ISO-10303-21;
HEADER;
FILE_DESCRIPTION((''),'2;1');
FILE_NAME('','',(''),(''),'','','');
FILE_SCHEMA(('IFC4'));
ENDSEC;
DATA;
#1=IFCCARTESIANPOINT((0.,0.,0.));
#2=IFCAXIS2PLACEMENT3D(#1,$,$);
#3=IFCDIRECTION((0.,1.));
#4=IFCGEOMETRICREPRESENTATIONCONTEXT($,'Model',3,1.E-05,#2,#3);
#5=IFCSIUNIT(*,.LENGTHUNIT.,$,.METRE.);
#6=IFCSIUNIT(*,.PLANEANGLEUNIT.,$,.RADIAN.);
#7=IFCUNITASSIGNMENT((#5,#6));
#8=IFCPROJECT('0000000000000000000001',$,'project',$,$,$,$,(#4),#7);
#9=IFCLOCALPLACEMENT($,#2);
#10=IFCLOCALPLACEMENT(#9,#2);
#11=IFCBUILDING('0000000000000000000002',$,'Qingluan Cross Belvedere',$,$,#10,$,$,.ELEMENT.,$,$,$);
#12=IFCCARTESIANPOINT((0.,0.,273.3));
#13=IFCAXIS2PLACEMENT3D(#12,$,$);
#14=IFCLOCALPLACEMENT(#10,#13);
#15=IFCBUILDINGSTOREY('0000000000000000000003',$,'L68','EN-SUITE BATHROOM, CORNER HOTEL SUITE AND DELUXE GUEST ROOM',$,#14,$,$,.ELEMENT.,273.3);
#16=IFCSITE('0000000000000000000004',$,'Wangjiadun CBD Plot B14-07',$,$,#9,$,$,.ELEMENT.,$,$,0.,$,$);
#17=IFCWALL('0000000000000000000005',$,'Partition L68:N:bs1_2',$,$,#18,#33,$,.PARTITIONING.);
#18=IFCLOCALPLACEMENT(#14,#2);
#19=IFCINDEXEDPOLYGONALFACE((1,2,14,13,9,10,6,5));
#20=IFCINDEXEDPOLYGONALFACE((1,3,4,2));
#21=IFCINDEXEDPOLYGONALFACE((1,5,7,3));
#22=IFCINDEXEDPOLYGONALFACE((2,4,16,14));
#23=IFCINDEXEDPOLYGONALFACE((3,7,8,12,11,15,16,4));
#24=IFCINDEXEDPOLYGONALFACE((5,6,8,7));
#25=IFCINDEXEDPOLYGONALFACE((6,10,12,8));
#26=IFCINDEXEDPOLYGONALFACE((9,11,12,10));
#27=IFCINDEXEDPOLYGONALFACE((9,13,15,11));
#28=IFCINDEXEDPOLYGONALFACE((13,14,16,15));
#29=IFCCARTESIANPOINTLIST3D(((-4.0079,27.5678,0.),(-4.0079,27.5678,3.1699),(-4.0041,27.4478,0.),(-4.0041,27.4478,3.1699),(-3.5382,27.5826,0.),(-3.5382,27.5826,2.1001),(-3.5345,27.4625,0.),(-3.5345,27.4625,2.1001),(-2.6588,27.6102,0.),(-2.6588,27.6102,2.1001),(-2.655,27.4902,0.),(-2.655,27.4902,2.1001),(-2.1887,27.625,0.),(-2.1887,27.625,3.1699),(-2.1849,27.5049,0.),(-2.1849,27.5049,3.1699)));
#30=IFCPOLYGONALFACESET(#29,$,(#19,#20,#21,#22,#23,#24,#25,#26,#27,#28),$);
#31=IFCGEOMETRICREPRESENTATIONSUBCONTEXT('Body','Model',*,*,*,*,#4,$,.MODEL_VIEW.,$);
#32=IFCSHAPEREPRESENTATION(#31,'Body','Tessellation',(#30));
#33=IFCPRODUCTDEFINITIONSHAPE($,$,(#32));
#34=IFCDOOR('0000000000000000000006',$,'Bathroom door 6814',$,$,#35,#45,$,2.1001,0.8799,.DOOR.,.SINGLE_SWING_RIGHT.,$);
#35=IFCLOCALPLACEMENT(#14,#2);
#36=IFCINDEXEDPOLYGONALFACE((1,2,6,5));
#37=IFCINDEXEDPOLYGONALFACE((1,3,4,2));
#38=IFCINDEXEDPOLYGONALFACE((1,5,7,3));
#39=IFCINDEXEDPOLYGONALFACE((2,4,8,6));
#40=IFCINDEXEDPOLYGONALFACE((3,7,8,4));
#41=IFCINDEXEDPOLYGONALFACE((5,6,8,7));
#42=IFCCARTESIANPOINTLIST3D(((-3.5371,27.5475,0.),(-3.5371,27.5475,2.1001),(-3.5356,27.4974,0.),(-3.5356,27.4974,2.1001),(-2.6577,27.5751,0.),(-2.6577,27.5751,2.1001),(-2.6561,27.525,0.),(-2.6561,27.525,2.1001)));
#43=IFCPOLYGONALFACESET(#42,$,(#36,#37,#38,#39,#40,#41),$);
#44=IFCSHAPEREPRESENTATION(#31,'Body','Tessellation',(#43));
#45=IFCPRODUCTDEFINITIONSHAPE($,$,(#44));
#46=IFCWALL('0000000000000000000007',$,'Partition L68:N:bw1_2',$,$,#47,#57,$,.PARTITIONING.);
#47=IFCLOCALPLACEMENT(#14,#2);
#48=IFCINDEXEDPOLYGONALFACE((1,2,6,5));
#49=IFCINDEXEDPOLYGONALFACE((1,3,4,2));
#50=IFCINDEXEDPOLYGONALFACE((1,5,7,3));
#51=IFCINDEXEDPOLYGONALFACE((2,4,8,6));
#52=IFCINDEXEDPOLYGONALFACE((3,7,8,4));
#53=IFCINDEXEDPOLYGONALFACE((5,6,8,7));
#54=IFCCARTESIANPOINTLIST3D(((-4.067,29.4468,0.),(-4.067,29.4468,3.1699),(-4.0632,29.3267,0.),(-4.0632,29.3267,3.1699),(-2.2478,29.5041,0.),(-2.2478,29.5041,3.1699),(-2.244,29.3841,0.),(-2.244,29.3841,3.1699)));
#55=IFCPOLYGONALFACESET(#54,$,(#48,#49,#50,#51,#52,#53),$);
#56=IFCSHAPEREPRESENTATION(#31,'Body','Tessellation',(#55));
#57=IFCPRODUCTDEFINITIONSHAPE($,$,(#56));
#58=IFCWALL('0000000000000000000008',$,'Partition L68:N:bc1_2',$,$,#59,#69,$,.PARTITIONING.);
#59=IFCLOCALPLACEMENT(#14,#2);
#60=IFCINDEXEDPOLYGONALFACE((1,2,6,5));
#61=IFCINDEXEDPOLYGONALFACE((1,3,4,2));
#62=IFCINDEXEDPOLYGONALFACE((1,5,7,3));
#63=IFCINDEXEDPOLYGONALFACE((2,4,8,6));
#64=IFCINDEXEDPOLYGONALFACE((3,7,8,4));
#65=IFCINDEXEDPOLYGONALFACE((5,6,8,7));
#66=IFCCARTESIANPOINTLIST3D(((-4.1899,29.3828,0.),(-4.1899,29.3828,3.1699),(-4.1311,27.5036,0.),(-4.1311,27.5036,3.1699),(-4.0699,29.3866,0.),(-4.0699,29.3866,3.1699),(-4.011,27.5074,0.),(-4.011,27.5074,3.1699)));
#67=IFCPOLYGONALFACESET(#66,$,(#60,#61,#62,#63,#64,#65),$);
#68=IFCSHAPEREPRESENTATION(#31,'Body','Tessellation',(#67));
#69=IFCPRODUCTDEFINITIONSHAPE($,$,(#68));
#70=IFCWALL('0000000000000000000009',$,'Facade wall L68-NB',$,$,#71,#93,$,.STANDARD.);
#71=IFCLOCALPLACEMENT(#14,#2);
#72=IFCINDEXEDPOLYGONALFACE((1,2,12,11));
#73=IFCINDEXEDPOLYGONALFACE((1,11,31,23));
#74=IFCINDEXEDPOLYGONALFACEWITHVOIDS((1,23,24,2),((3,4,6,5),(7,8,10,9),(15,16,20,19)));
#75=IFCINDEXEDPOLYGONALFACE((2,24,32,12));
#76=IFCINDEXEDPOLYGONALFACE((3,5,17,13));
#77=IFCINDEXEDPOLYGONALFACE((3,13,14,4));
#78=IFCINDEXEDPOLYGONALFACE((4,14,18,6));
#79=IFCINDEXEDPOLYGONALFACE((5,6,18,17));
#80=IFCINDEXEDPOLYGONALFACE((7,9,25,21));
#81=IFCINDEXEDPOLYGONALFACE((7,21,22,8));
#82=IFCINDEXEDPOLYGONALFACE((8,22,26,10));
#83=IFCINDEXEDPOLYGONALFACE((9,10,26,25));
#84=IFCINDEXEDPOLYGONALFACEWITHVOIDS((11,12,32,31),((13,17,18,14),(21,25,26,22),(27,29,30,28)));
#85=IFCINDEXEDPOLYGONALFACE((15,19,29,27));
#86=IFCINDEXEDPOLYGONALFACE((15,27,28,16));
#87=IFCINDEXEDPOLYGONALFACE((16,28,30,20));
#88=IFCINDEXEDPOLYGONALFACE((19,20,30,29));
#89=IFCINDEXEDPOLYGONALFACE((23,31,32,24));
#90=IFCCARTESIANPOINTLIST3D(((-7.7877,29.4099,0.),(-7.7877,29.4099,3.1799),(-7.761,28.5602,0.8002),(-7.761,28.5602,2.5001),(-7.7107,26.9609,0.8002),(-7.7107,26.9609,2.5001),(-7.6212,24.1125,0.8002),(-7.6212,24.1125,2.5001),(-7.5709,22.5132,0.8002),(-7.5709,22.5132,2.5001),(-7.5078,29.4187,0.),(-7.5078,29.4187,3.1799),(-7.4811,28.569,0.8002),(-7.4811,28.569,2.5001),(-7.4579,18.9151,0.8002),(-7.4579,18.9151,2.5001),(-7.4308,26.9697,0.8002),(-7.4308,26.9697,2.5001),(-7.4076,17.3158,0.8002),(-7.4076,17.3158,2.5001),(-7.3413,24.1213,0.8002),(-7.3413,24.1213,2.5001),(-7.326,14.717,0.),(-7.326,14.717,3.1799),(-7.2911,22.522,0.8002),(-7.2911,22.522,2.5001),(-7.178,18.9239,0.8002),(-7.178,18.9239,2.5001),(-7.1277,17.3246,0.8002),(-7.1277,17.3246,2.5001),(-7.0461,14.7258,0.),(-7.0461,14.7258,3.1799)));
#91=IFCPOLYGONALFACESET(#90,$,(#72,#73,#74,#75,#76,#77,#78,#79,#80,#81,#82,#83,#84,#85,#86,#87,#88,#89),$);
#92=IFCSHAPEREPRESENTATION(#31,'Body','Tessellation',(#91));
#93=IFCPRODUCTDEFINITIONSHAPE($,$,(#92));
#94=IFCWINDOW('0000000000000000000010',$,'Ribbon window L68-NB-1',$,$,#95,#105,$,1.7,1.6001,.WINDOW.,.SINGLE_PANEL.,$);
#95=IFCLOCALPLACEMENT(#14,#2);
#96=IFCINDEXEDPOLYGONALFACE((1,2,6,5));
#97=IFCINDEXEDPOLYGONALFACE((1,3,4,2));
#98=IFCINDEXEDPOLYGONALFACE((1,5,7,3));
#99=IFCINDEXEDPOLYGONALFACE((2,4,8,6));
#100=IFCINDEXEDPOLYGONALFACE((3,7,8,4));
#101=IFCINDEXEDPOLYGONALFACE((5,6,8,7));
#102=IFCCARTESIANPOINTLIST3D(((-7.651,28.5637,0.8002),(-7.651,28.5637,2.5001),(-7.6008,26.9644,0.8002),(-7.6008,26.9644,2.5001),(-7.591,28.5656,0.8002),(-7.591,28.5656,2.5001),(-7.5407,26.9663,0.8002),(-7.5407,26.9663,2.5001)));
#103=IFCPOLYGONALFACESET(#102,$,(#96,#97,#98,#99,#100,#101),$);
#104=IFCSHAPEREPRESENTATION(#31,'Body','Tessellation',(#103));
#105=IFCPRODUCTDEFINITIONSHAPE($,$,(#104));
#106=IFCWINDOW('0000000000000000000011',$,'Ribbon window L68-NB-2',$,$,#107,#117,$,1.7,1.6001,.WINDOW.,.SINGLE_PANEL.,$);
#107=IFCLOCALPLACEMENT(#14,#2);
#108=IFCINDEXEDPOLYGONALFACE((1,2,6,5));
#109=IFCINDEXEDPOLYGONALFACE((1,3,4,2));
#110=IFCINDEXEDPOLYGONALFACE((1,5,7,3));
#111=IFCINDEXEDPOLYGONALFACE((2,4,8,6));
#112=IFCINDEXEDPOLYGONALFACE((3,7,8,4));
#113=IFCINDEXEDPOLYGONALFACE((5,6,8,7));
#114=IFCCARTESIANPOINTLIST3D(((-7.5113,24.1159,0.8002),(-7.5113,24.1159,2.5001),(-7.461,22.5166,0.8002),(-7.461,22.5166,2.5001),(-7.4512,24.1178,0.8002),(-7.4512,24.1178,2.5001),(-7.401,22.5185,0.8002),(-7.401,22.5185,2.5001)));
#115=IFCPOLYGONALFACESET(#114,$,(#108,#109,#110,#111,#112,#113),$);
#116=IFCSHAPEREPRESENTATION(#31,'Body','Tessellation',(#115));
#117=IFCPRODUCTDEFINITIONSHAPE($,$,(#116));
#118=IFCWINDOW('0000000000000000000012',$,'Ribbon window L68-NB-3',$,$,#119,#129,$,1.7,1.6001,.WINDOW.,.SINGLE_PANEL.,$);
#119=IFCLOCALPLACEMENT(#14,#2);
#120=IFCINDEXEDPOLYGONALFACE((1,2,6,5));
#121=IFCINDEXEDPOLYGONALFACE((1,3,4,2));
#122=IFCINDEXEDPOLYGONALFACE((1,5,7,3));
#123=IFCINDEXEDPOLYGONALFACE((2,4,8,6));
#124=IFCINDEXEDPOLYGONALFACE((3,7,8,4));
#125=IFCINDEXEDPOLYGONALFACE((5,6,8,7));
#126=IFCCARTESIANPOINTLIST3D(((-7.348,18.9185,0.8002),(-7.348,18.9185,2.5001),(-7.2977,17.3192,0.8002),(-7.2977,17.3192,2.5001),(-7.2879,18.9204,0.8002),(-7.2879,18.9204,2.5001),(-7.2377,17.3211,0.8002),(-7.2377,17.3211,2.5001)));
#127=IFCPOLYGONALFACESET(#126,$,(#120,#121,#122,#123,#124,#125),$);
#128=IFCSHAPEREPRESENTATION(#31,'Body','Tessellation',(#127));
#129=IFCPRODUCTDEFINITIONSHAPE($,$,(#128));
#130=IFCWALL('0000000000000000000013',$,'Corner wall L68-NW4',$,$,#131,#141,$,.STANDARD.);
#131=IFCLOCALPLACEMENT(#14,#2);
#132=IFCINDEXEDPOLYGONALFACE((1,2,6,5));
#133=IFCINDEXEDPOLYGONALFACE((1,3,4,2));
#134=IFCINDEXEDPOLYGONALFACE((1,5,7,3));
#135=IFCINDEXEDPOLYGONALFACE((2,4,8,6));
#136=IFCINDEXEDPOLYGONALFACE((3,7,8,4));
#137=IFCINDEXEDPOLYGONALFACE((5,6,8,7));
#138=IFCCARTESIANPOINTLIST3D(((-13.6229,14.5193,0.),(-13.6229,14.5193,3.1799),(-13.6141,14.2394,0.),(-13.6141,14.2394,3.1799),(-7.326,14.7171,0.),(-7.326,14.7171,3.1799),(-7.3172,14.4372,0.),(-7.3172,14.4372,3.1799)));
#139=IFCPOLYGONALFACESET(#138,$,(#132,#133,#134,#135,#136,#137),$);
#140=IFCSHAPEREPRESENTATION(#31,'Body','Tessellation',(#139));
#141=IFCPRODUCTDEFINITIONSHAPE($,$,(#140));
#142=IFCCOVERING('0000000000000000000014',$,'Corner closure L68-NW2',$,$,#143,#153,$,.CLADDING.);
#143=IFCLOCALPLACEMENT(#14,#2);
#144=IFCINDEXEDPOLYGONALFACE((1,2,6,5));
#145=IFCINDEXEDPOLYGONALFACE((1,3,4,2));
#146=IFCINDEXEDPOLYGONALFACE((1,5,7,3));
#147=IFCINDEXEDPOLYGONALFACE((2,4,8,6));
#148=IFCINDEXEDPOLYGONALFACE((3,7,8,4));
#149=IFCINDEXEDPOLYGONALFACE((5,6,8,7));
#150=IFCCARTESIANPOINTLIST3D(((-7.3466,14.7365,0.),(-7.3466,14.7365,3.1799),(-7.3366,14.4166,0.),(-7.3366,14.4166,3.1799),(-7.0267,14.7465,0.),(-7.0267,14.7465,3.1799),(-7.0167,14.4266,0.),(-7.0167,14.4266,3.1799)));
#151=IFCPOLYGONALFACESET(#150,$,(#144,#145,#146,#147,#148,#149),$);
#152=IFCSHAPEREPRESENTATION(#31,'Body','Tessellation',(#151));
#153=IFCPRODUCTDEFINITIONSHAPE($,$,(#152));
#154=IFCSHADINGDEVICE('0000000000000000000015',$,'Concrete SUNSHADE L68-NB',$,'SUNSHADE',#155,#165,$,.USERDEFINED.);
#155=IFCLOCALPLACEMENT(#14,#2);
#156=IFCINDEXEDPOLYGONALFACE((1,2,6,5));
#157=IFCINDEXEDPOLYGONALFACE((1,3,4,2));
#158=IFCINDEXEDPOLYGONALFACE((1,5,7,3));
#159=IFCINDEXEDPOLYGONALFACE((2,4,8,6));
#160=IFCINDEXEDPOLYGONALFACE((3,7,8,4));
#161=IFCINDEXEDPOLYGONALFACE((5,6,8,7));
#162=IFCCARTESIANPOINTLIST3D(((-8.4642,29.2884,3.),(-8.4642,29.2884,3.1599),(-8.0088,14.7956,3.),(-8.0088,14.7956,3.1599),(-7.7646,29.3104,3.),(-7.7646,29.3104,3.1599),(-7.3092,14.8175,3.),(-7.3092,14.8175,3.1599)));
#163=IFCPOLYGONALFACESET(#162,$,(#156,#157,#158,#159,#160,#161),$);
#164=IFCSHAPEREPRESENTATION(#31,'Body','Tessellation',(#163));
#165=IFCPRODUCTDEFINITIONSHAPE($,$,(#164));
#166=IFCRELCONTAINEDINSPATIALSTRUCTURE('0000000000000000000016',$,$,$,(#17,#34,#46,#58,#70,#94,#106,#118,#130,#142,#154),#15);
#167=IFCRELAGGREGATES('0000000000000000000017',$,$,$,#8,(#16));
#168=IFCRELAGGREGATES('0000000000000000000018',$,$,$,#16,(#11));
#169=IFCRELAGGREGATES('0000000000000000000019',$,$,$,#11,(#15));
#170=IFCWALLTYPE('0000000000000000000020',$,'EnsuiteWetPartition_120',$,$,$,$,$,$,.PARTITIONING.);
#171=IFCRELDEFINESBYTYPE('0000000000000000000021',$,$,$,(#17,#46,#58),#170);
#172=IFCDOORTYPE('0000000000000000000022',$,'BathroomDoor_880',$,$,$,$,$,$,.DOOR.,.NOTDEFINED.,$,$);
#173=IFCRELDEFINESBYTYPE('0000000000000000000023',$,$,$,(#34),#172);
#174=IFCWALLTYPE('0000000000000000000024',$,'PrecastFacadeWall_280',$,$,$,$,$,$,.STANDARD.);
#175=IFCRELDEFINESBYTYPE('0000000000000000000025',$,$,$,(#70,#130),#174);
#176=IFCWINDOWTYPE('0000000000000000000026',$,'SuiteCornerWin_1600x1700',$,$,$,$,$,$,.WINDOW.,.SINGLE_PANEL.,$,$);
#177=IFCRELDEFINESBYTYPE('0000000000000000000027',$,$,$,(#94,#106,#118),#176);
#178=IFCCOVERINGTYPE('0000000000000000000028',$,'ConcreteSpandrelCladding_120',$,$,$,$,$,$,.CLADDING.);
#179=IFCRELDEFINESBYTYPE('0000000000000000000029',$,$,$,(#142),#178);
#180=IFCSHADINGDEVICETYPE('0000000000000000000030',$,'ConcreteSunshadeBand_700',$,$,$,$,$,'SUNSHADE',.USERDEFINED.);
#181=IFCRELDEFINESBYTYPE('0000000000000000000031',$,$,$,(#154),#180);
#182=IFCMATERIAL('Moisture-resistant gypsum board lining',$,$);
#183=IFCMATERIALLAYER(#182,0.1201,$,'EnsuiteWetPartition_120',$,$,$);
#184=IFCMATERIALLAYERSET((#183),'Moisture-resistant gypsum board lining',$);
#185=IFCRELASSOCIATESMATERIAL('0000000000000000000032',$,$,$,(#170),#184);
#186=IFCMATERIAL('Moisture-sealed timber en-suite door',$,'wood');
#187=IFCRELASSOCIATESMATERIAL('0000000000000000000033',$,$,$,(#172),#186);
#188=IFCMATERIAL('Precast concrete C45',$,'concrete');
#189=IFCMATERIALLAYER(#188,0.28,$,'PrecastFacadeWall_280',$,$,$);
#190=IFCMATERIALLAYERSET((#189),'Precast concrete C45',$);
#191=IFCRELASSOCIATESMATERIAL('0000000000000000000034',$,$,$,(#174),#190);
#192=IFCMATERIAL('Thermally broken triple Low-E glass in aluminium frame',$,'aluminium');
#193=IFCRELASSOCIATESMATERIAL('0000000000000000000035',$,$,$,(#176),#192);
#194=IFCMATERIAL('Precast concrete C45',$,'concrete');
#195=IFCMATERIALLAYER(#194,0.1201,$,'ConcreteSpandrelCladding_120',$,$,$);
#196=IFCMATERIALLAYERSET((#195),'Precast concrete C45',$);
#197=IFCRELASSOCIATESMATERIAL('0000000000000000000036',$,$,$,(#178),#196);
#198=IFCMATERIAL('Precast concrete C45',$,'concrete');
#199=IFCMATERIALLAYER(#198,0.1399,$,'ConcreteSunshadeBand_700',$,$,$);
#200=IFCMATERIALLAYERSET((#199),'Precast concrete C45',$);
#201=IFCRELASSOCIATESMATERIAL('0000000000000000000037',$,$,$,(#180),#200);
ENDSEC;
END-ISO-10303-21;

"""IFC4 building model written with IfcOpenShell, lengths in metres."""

from ifc_helpers import new_model, si_unit, direction, frame, frame_2d, origin, origin_2d, place, context, subcontext, project, spatial, rectangle, extrude, material, layer, layer_set, type_object, element, fill, save


model = new_model("IFC4")

# Units and contexts
model_context = context("Model", 3, precision=1e-05, world=origin(), true_north=direction((0.0, 1.0)))
body_context = subcontext(model_context, "Body", "Model", "MODEL_VIEW")
ifc_project = project(units=[si_unit("LENGTHUNIT", "METRE"), si_unit("PLANEANGLEUNIT", "RADIAN")], contexts=[model_context])

# Site, building, storey
site_placement = place(None, origin())
site = spatial("IfcSite", under=ifc_project, at=site_placement, Name="Wangjiadun CBD Plot B14-07", CompositionType="ELEMENT", RefElevation=0.0)
building_placement = place(site_placement, origin())
building = spatial("IfcBuilding", under=site, at=building_placement, Name="Qingluan Cross Belvedere", CompositionType="ELEMENT")
storey_placement = place(building_placement, frame((0.0, 0.0, 273.3)))
storey = spatial("IfcBuildingStorey", under=building, at=storey_placement, Name="L68", Description="EN-SUITE BATHROOM, CORNER HOTEL SUITE AND DELUXE GUEST ROOM", CompositionType="ELEMENT", Elevation=273.3)

# Shared definitions
ifc_material_1 = material(Name="Moisture-resistant gypsum board lining")
ifc_layer_1 = layer(ifc_material_1, 0.1201, Name="EnsuiteWetPartition_120")
ifc_layer_set_1 = layer_set([ifc_layer_1], Name="Moisture-resistant gypsum board lining")
wall_type_1 = type_object("IfcWallType", Name="EnsuiteWetPartition_120", PredefinedType="PARTITIONING", material=ifc_layer_set_1)
ifc_material_2 = material(Name="Moisture-sealed timber en-suite door", Category="wood")
door_type = type_object("IfcDoorType", Name="BathroomDoor_880", OperationType="NOTDEFINED", PredefinedType="DOOR", material=ifc_material_2)

# Wall, opening, door
wall_1_placement = place(storey_placement, frame((-4.0061, 27.5078, 0.0), z_axis=(0.0, 0.0, 1.0), x_axis=(0.999507, 0.03139, 0.0)))
wall_1 = element("IfcWall", 1, at=wall_1_placement, inside=storey, type_object=wall_type_1, Name="Partition L68:N:bs1_2", PredefinedType="PARTITIONING", context=body_context, shape_type="SweptSolid", body=[
    extrude(rectangle(XDim=1.8201, YDim=0.1201, at=frame_2d((0.9102, 0.0))), origin(), (0.0, 0.0, 1.0), 3.1699),
])
opening_1_placement = place(wall_1_placement, frame((0.47, 0.0, 0.0)))
opening_1 = element("IfcOpeningElement", 2, at=opening_1_placement, cuts=wall_1, PredefinedType="OPENING", context=body_context, shape_type="SweptSolid", body=[
    extrude(rectangle(XDim=0.8799, YDim=2.1001, at=frame_2d((0.4399, 1.05))), frame((0.0, 0.0701, 0.0), z_axis=(0.0, -1.0, 0.0), x_axis=(1.0, 0.0, 0.0)), (0.0, 0.0, 1.0), 0.1401),
])
door_1_placement = place(opening_1_placement, origin())
door_1 = element("IfcDoor", 3, at=door_1_placement, inside=storey, type_object=door_type, Name="Bathroom door 6814", OperationType="SINGLE_SWING_RIGHT", OverallHeight=2.1001, OverallWidth=0.8799, PredefinedType="DOOR", context=body_context, shape_type="SweptSolid", body=[
    extrude(rectangle(XDim=0.8799, YDim=2.1001, at=frame_2d((0.4399, 1.05))), frame((0.0, 0.0249, 0.0), z_axis=(0.0, -1.0, 0.0), x_axis=(1.0, 0.0, 0.0)), (0.0, 0.0, 1.0), 0.05),
])
fill(opening_1, door_1)

# Walls
wall_2_placement = place(storey_placement, frame((-4.0652, 29.3867, 0.0), z_axis=(0.0, 0.0, 1.0), x_axis=(0.999503, 0.031524, 0.0)))
element("IfcWall", 4, at=wall_2_placement, inside=storey, type_object=wall_type_1, Name="Partition L68:N:bw1_2", PredefinedType="PARTITIONING", context=body_context, shape_type="SweptSolid", body=[
    extrude(rectangle(XDim=1.8201, YDim=0.1201, at=frame_2d((0.9102, 0.0))), origin(), (0.0, 0.0, 1.0), 3.1699),
])
wall_3_placement = place(storey_placement, frame((-4.071, 27.5056, 0.0), z_axis=(0.0, 0.0, 1.0), x_axis=(-0.031296, 0.99951, 0.0)))
element("IfcWall", 5, at=wall_3_placement, inside=storey, type_object=wall_type_1, Name="Partition L68:N:bc1_2", PredefinedType="PARTITIONING", context=body_context, shape_type="SweptSolid", body=[
    extrude(rectangle(XDim=1.8801, YDim=0.1201, at=frame_2d((0.9399, 0.0))), origin(), (0.0, 0.0, 1.0), 3.1699),
])

# Wall, openings, windows
ifc_material_3 = material(Name="Precast concrete C45", Category="concrete")
ifc_layer_2 = layer(ifc_material_3, 0.28, Name="PrecastFacadeWall_280")
ifc_layer_set_2 = layer_set([ifc_layer_2], Name="Precast concrete C45")
wall_type_2 = type_object("IfcWallType", Name="PrecastFacadeWall_280", PredefinedType="STANDARD", material=ifc_layer_set_2)
wall_4_placement = place(storey_placement, frame((-7.6477, 29.4143, 0.0), z_axis=(0.0, 0.0, 1.0), x_axis=(0.031406, -0.999507, 0.0)))
wall_4 = element("IfcWall", 6, at=wall_4_placement, inside=storey, type_object=wall_type_2, Name="Facade wall L68-NB", PredefinedType="STANDARD", context=body_context, shape_type="SweptSolid", body=[
    extrude(rectangle(XDim=14.7002, YDim=0.28, at=frame_2d((7.3501, 0.0))), origin(), (0.0, 0.0, 1.0), 3.1799),
])
opening_2_placement = place(wall_4_placement, frame((0.8501, 0.0, 0.8)))
opening_2 = element("IfcOpeningElement", 7, at=opening_2_placement, cuts=wall_4, PredefinedType="OPENING", context=body_context, shape_type="SweptSolid", body=[
    extrude(rectangle(XDim=1.6001, YDim=1.7, at=frame_2d((0.8, 0.8501))), frame((0.0, 0.1499, 0.0), z_axis=(0.0, -1.0, 0.0), x_axis=(1.0, 0.0, 0.0)), (0.0, 0.0, 1.0), 0.3),
])
opening_3_placement = place(wall_4_placement, frame((5.3, 0.0, 0.8)))
opening_3 = element("IfcOpeningElement", 8, at=opening_3_placement, cuts=wall_4, PredefinedType="OPENING", context=body_context, shape_type="SweptSolid", body=[
    extrude(rectangle(XDim=1.6001, YDim=1.7, at=frame_2d((0.8, 0.8501))), frame((0.0, 0.1499, 0.0), z_axis=(0.0, -1.0, 0.0), x_axis=(1.0, 0.0, 0.0)), (0.0, 0.0, 1.0), 0.3),
])
opening_4_placement = place(wall_4_placement, frame((10.5, 0.0, 0.8)))
opening_4 = element("IfcOpeningElement", 9, at=opening_4_placement, cuts=wall_4, PredefinedType="OPENING", context=body_context, shape_type="SweptSolid", body=[
    extrude(rectangle(XDim=1.6001, YDim=1.7, at=frame_2d((0.8, 0.8501))), frame((0.0, 0.1499, 0.0), z_axis=(0.0, -1.0, 0.0), x_axis=(1.0, 0.0, 0.0)), (0.0, 0.0, 1.0), 0.3),
])
ifc_material_4 = material(Name="Thermally broken triple Low-E glass in aluminium frame", Category="aluminium")
window_type = type_object("IfcWindowType", Name="SuiteCornerWin_1600x1700", PartitioningType="SINGLE_PANEL", PredefinedType="WINDOW", material=ifc_material_4)
window_1_placement = place(opening_2_placement, origin())
window_1 = element("IfcWindow", 10, at=window_1_placement, inside=storey, type_object=window_type, Name="Ribbon window L68-NB-1", OverallHeight=1.7, OverallWidth=1.6001, PartitioningType="SINGLE_PANEL", PredefinedType="WINDOW", context=body_context, shape_type="SweptSolid", body=[
    extrude(rectangle(XDim=1.6001, YDim=1.7, at=frame_2d((0.8, 0.8501))), frame((0.0, 0.03, 0.0), z_axis=(0.0, -1.0, 0.0), x_axis=(1.0, 0.0, 0.0)), (0.0, 0.0, 1.0), 0.0601),
])
fill(opening_2, window_1)
window_2_placement = place(opening_3_placement, origin())
window_2 = element("IfcWindow", 11, at=window_2_placement, inside=storey, type_object=window_type, Name="Ribbon window L68-NB-2", OverallHeight=1.7, OverallWidth=1.6001, PartitioningType="SINGLE_PANEL", PredefinedType="WINDOW", context=body_context, shape_type="SweptSolid", body=[
    extrude(rectangle(XDim=1.6001, YDim=1.7, at=frame_2d((0.8, 0.8501))), frame((0.0, 0.03, 0.0), z_axis=(0.0, -1.0, 0.0), x_axis=(1.0, 0.0, 0.0)), (0.0, 0.0, 1.0), 0.0601),
])
fill(opening_3, window_2)
window_3_placement = place(opening_4_placement, origin())
window_3 = element("IfcWindow", 12, at=window_3_placement, inside=storey, type_object=window_type, Name="Ribbon window L68-NB-3", OverallHeight=1.7, OverallWidth=1.6001, PartitioningType="SINGLE_PANEL", PredefinedType="WINDOW", context=body_context, shape_type="SweptSolid", body=[
    extrude(rectangle(XDim=1.6001, YDim=1.7, at=frame_2d((0.8, 0.8501))), frame((0.0, 0.03, 0.0), z_axis=(0.0, -1.0, 0.0), x_axis=(1.0, 0.0, 0.0)), (0.0, 0.0, 1.0), 0.0601),
])
fill(opening_4, window_3)

# Wall
wall_5_placement = place(storey_placement, frame((-13.6184, 14.3794, 0.0), z_axis=(0.0, 0.0, 1.0), x_axis=(0.999507, 0.03139, 0.0)))
element("IfcWall", 13, at=wall_5_placement, inside=storey, type_object=wall_type_2, Name="Corner wall L68-NW4", PredefinedType="STANDARD", context=body_context, shape_type="SweptSolid", body=[
    extrude(rectangle(XDim=6.3, YDim=0.28, at=frame_2d((3.1499, 0.0))), origin(), (0.0, 0.0, 1.0), 3.1799),
])

# Covering
ifc_material_5 = material(Name="Precast concrete C45", Category="concrete")
ifc_layer_3 = layer(ifc_material_5, 0.1201, Name="ConcreteSpandrelCladding_120")
ifc_layer_set_3 = layer_set([ifc_layer_3], Name="Precast concrete C45")
covering_type = type_object("IfcCoveringType", Name="ConcreteSpandrelCladding_120", PredefinedType="CLADDING", material=ifc_layer_set_3)
covering_placement = place(storey_placement, frame((-7.1816, 14.5815, 0.0), z_axis=(0.0, 0.0, 1.0), x_axis=(0.999507, 0.031411, 0.0)))
element("IfcCovering", 14, at=covering_placement, inside=storey, type_object=covering_type, Name="Corner closure L68-NW2", PredefinedType="CLADDING", context=body_context, shape_type="SweptSolid", body=[
    extrude(rectangle(XDim=0.3201, YDim=0.3201, at=origin_2d()), origin(), (0.0, 0.0, 1.0), 3.1799),
])

# Shading device
ifc_material_6 = material(Name="Precast concrete C45", Category="concrete")
ifc_layer_4 = layer(ifc_material_6, 0.1399, Name="ConcreteSunshadeBand_700")
ifc_layer_set_4 = layer_set([ifc_layer_4], Name="Precast concrete C45")
shading_device_type = type_object("IfcShadingDeviceType", Name="ConcreteSunshadeBand_700", ElementType="SUNSHADE", PredefinedType="USERDEFINED", material=ifc_layer_set_4)
shading_device_placement = place(storey_placement, frame((-7.8867, 22.053, 3.0), z_axis=(0.0, 0.0, 1.0), x_axis=(0.031408, -0.999507, 0.0)))
element("IfcShadingDevice", 15, at=shading_device_placement, inside=storey, type_object=shading_device_type, Name="Concrete SUNSHADE L68-NB", ObjectType="SUNSHADE", PredefinedType="USERDEFINED", context=body_context, shape_type="SweptSolid", body=[
    extrude(rectangle(XDim=14.5, YDim=0.7, at=origin_2d()), origin(), (0.0, 0.0, 1.0), 0.1599),
])

save(model, "model.ifc")
